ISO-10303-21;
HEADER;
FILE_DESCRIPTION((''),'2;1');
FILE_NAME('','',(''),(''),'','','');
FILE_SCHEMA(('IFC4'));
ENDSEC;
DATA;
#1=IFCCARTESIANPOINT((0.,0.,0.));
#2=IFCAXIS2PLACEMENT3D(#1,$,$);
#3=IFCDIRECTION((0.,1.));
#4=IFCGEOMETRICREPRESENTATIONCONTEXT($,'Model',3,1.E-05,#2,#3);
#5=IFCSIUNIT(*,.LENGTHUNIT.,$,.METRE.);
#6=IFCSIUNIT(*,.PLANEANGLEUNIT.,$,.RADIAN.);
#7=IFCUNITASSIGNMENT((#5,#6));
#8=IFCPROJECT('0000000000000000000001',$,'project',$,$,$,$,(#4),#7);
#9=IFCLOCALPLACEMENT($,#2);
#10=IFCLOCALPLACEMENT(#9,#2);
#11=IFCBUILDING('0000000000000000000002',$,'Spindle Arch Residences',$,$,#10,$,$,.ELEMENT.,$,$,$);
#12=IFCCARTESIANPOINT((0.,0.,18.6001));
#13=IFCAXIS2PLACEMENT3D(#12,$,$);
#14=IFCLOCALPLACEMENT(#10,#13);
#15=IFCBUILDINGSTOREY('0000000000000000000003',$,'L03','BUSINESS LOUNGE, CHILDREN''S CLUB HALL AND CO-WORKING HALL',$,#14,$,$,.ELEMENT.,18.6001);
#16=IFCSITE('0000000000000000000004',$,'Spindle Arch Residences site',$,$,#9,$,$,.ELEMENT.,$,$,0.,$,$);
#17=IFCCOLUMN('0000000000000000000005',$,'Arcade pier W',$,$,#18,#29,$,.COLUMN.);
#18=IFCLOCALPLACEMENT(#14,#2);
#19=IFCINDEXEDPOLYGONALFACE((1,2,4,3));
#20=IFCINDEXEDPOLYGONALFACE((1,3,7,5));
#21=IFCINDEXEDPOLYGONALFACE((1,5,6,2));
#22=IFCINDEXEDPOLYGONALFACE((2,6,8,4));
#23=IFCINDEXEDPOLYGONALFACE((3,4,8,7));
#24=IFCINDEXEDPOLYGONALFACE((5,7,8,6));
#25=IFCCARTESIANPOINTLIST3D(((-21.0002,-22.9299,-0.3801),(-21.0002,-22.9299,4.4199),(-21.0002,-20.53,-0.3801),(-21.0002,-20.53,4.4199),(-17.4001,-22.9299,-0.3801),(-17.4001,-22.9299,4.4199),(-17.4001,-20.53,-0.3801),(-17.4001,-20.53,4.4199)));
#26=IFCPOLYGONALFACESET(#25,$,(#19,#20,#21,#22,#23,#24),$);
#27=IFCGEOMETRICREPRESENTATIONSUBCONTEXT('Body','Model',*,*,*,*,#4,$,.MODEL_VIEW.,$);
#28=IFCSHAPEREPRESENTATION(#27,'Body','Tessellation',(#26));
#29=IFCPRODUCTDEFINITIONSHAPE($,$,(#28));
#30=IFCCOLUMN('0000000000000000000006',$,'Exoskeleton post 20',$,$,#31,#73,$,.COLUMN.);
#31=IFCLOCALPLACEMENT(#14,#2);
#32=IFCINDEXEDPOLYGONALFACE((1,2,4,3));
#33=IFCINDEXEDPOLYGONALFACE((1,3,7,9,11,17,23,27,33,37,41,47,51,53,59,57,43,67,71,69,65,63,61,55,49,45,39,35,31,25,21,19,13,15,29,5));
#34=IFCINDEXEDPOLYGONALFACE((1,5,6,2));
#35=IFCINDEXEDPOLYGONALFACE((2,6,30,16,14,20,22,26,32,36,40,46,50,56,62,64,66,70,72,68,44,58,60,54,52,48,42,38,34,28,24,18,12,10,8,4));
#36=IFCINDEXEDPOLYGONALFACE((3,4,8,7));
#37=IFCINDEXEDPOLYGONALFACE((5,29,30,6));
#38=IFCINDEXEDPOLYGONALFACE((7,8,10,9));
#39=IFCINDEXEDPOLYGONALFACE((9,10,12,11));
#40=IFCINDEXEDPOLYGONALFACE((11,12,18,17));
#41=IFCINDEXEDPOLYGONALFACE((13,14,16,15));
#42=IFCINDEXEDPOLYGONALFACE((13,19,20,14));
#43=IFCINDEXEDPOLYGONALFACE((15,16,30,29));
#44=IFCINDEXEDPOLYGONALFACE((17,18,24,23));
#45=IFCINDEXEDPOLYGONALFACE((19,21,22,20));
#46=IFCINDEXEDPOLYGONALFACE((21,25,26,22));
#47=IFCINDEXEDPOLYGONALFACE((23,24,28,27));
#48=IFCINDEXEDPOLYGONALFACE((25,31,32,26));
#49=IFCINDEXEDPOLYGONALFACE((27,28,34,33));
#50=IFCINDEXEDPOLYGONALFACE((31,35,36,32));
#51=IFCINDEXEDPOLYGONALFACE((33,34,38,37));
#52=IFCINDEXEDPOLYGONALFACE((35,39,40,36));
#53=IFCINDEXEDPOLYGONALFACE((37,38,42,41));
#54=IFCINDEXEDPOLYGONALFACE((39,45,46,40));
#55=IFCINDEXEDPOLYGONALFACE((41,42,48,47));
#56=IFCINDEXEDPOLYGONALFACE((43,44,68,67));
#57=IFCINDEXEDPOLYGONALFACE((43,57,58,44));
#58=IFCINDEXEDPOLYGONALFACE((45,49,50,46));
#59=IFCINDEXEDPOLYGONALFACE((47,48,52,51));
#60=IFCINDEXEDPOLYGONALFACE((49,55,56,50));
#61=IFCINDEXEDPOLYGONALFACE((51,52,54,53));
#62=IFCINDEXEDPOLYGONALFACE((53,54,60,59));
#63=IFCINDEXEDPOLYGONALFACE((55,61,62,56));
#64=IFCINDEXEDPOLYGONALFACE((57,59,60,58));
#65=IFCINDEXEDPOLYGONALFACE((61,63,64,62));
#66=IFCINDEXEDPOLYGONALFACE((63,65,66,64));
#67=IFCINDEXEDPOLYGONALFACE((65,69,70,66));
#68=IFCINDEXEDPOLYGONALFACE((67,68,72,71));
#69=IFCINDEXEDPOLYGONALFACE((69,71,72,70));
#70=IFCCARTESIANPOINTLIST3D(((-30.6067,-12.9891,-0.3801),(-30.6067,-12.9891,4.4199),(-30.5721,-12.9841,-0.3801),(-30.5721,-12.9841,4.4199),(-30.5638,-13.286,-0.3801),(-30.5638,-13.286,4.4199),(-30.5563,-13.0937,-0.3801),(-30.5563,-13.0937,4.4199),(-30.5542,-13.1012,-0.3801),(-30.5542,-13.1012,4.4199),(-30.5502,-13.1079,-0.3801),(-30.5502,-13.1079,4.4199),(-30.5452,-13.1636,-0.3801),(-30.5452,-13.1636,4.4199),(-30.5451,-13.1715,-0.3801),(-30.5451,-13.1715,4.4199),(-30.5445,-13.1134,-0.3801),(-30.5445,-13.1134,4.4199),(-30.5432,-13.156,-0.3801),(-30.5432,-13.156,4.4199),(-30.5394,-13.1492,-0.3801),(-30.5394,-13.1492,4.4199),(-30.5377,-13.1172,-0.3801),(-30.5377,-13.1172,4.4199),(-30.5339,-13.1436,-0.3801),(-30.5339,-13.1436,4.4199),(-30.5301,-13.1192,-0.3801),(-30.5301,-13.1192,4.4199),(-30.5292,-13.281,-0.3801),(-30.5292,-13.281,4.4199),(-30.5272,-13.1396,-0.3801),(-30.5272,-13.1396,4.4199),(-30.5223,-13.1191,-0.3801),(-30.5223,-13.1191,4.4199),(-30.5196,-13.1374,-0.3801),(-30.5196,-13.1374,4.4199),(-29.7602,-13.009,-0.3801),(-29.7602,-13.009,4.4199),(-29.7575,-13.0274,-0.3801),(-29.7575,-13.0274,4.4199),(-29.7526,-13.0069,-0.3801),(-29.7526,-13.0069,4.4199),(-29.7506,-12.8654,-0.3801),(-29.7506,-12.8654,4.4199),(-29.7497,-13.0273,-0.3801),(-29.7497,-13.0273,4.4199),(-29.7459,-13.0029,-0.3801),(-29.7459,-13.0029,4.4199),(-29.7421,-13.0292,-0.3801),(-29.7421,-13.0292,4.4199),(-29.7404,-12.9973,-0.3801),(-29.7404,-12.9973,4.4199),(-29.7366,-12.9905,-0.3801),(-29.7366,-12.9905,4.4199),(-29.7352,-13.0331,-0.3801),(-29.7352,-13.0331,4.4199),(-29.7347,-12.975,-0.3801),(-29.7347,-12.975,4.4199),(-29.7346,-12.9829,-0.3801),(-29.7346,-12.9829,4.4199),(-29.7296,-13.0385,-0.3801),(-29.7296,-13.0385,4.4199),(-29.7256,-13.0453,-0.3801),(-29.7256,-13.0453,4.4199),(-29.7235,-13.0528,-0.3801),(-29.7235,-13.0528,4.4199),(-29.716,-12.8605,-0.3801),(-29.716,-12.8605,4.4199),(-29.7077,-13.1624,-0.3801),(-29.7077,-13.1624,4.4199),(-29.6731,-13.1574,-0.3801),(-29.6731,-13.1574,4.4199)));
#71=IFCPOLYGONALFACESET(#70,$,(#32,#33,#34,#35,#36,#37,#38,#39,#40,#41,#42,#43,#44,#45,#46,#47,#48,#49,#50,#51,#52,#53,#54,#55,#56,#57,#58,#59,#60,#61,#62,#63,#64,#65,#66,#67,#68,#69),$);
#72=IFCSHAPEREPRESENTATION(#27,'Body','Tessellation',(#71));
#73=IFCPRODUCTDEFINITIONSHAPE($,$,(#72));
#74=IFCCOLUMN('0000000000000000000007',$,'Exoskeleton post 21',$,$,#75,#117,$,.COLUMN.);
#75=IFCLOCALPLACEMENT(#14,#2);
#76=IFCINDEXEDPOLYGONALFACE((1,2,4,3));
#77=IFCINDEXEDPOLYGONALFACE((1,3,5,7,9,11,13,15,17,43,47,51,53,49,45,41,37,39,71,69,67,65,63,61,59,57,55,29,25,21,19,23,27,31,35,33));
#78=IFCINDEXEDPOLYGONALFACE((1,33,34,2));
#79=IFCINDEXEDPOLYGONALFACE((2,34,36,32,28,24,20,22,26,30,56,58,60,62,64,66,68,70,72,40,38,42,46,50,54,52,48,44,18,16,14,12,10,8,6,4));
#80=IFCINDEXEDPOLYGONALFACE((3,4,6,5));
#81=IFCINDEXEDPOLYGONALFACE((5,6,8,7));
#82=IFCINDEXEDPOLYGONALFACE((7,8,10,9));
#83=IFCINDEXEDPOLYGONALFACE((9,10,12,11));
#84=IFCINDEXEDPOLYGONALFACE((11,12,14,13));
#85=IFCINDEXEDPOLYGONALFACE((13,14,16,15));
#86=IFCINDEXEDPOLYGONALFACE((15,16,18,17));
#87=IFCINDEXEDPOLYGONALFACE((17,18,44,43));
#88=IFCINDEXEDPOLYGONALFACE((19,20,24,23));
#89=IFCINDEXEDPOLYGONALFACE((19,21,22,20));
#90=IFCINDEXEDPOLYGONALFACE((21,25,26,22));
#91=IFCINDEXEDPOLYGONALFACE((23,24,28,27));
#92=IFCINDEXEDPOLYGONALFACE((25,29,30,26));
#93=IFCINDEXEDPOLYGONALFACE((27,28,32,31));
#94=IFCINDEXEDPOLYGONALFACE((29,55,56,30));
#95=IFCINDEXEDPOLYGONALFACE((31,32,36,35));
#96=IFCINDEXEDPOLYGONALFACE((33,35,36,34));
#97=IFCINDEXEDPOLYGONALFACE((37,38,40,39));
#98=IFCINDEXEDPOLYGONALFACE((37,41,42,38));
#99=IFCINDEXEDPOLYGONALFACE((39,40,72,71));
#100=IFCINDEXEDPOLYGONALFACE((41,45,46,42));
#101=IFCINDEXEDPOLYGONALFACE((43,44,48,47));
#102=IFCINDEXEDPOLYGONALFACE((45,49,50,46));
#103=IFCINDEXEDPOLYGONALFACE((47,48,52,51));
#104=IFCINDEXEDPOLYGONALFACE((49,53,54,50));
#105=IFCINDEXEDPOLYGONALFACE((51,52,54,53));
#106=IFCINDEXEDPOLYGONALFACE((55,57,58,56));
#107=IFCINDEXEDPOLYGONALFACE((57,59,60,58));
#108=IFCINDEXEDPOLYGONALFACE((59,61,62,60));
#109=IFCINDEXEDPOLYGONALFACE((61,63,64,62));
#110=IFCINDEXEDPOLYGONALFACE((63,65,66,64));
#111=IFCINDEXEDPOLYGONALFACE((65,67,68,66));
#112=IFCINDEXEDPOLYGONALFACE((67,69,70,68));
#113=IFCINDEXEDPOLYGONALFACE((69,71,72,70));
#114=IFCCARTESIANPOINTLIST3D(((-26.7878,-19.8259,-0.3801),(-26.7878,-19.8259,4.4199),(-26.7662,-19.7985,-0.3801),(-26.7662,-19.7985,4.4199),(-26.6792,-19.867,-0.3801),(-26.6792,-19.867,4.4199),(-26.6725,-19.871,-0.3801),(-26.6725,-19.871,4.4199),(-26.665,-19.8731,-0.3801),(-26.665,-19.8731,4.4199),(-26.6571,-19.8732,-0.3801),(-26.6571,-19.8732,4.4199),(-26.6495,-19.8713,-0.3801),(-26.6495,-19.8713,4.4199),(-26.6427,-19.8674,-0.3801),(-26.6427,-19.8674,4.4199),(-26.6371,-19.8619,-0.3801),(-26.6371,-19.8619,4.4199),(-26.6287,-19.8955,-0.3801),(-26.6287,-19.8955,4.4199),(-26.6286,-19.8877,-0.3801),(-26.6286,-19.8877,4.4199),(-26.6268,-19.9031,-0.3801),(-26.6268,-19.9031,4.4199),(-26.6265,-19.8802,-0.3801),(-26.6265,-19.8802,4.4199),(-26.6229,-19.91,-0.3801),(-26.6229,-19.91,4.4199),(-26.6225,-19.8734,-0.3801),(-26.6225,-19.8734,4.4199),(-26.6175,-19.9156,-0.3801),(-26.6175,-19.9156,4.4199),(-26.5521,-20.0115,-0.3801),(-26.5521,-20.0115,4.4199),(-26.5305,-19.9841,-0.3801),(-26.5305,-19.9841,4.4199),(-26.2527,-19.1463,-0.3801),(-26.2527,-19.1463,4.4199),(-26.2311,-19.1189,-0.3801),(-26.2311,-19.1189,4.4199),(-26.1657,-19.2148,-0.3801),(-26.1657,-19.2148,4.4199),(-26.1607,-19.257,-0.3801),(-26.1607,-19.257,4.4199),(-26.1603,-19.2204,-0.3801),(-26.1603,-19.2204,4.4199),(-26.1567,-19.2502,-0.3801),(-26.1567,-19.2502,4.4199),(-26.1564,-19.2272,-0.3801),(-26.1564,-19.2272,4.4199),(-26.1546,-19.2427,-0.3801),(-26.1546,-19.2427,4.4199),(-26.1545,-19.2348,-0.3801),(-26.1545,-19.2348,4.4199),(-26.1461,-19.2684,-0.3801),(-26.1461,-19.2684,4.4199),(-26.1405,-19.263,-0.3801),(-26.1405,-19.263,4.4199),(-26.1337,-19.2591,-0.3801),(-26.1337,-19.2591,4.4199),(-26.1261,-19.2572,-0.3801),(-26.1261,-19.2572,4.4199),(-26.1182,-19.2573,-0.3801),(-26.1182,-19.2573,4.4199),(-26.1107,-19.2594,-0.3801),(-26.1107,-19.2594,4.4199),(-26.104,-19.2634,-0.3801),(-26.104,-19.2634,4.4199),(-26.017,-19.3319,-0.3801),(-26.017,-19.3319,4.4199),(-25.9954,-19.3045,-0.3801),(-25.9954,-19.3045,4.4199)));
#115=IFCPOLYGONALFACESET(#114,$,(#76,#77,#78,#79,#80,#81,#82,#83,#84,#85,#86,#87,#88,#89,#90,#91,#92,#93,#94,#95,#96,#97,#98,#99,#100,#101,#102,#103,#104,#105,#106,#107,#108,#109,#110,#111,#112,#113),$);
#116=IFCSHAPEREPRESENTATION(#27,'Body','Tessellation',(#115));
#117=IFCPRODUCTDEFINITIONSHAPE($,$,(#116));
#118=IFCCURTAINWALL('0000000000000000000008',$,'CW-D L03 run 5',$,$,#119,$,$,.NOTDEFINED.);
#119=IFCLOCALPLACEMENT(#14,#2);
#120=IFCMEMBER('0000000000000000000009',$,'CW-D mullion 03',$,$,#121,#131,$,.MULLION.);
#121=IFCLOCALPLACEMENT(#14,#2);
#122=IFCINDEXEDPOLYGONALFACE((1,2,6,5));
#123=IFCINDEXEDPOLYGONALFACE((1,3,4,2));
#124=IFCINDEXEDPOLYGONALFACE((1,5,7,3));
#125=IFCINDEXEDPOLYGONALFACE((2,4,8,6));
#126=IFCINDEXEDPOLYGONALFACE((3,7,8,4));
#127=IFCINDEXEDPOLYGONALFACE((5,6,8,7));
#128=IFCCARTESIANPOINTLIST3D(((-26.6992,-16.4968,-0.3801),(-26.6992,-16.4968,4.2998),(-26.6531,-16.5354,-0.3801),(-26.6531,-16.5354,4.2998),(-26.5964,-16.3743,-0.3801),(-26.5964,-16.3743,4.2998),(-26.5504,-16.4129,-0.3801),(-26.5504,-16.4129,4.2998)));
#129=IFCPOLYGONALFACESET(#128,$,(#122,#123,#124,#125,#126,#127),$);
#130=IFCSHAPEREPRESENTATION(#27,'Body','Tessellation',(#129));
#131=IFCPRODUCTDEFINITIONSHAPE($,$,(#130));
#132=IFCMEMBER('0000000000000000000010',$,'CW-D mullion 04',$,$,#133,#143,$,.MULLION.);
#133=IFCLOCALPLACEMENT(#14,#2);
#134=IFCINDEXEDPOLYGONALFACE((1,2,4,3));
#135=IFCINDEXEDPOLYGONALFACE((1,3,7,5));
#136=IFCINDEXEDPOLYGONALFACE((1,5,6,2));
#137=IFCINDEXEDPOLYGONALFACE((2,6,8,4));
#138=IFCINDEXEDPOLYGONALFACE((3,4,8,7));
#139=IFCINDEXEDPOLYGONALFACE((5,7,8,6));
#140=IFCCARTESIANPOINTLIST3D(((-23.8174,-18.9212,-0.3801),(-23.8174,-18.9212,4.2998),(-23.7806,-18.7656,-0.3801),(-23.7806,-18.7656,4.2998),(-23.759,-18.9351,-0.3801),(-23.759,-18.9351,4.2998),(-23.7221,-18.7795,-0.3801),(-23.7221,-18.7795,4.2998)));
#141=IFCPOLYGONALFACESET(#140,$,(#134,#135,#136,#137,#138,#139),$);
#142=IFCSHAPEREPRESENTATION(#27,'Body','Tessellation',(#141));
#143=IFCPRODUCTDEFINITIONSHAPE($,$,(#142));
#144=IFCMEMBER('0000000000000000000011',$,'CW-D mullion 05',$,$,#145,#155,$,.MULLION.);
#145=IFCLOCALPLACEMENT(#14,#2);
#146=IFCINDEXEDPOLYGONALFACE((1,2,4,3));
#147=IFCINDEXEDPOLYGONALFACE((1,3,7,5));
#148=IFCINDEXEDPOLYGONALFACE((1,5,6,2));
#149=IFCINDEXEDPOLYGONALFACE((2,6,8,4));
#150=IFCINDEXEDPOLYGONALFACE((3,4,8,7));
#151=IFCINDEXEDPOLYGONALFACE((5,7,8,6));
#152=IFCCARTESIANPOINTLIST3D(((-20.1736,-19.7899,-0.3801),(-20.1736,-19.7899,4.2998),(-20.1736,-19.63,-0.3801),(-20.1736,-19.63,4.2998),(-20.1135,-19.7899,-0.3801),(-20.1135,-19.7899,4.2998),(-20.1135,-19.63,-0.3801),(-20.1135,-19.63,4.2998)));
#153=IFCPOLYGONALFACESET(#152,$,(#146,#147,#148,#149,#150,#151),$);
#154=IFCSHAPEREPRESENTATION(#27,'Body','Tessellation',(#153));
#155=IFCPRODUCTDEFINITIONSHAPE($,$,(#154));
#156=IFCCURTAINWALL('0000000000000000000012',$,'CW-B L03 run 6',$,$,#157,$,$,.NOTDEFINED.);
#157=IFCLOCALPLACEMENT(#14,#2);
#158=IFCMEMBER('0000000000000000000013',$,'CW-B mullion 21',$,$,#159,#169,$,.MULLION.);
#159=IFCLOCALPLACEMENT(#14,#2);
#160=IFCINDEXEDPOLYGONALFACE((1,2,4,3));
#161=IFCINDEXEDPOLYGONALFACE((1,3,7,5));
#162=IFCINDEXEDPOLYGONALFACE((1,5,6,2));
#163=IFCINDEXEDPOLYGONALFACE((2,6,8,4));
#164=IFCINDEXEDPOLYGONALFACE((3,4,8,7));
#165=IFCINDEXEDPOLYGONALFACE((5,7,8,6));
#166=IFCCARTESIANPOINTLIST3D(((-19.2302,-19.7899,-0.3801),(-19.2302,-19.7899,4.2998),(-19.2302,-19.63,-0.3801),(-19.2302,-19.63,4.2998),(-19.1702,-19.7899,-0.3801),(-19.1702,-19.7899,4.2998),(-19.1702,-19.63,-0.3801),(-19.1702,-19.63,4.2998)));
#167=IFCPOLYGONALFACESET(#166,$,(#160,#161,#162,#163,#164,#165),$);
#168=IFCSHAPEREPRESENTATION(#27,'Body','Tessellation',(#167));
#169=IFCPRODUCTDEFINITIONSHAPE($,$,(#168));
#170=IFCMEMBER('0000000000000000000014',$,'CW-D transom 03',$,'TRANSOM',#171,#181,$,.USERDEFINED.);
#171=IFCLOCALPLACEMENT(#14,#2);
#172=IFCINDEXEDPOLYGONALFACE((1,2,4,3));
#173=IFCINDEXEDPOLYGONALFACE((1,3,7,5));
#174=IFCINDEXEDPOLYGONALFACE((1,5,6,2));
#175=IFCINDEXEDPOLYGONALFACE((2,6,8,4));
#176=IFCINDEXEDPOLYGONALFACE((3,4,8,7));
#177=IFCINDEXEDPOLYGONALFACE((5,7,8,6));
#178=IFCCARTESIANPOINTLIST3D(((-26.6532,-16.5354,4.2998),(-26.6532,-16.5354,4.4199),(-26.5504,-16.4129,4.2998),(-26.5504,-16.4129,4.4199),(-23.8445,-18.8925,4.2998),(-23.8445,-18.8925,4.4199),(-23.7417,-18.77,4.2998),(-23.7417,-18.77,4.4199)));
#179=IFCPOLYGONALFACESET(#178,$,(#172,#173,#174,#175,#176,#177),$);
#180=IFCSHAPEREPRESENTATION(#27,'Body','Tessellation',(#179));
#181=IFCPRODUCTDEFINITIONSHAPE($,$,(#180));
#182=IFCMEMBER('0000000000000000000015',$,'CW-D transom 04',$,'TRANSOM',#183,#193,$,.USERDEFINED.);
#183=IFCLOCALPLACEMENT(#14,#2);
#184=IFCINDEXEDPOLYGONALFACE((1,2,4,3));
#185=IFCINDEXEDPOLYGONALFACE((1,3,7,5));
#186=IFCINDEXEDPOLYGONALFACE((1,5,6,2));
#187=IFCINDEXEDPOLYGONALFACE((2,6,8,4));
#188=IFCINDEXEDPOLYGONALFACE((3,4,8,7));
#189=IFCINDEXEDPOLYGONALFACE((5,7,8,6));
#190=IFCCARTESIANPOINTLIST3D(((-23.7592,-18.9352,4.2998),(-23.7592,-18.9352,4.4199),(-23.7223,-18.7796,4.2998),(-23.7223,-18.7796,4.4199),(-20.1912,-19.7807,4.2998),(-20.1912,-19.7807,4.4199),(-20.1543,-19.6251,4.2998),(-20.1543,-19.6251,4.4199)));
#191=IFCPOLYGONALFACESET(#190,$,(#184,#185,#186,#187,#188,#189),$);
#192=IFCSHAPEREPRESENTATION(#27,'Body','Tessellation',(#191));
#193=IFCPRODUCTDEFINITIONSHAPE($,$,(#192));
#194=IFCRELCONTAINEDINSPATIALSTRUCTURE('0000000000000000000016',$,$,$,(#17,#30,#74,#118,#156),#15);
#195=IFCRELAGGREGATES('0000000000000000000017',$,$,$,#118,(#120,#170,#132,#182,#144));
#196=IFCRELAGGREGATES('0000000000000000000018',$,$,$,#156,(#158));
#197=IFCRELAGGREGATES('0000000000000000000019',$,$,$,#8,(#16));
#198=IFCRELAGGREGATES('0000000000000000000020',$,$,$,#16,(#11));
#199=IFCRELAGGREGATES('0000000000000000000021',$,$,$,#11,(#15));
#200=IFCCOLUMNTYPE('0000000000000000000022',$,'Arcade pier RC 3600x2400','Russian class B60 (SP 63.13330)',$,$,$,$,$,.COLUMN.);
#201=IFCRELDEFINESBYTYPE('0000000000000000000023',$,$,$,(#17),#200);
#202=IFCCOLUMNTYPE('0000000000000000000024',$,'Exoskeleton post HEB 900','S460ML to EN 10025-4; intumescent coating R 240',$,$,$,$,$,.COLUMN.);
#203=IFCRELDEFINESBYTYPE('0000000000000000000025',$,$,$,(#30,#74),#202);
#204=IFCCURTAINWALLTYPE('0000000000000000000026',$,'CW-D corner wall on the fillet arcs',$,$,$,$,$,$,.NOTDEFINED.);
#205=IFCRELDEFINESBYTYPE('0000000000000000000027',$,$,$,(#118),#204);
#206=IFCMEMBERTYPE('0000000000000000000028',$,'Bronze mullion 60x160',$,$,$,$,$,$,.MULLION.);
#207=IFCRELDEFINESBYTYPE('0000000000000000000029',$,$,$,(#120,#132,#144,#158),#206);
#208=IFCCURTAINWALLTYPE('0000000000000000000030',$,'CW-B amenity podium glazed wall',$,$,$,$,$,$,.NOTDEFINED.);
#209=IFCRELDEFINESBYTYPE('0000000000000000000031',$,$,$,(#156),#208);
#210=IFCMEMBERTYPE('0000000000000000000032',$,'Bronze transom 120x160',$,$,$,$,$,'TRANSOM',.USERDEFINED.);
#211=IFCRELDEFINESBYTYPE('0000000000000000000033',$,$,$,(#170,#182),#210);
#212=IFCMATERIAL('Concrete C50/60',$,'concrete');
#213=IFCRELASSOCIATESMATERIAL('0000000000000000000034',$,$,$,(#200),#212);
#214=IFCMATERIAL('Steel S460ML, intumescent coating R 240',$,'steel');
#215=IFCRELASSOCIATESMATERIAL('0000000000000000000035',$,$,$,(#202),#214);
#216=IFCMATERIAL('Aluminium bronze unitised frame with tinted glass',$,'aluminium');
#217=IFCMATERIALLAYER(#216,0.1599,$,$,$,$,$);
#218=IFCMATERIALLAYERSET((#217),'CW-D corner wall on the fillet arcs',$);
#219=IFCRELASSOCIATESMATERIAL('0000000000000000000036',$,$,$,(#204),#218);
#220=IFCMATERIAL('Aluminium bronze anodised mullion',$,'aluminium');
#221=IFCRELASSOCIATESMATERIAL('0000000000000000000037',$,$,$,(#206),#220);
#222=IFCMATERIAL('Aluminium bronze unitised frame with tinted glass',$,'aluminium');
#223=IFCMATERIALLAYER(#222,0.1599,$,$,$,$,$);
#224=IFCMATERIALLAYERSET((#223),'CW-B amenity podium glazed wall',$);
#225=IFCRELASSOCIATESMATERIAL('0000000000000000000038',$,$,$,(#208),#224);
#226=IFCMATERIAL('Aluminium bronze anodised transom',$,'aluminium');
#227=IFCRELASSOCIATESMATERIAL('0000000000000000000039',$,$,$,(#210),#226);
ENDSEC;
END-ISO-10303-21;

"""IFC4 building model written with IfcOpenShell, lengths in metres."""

from ifc_helpers import new_model, si_unit, direction, frame, origin, origin_2d, place, context, subcontext, project, spatial, rectangle, i_section, extrude, material, layer, layer_set, material_profile, profile_set, type_object, element, aggregate, save


model = new_model("IFC4")

# Units and contexts
model_context = context("Model", 3, precision=1e-05, world=origin(), true_north=direction((0.0, 1.0)))
body_context = subcontext(model_context, "Body", "Model", "MODEL_VIEW")
ifc_project = project(units=[si_unit("LENGTHUNIT", "METRE"), si_unit("PLANEANGLEUNIT", "RADIAN")], contexts=[model_context])

# Site, building, storey
site_placement = place(None, origin())
site = spatial("IfcSite", under=ifc_project, at=site_placement, Name="Spindle Arch Residences site", CompositionType="ELEMENT", RefElevation=0.0)
building_placement = place(site_placement, origin())
building = spatial("IfcBuilding", under=site, at=building_placement, Name="Spindle Arch Residences", CompositionType="ELEMENT")
storey_placement = place(building_placement, frame((0.0, 0.0, 18.6001)))
storey = spatial("IfcBuildingStorey", under=building, at=storey_placement, Name="L03", Description="BUSINESS LOUNGE, CHILDREN'S CLUB HALL AND CO-WORKING HALL", CompositionType="ELEMENT", Elevation=18.6001)

# Columns
ifc_material_1 = material(Name="Concrete C50/60", Category="concrete")
ifc_material_profile_1 = material_profile(ifc_material_1, rectangle(XDim=3.6001, YDim=2.3999, at=origin_2d()), Name="RC 3600x2400")
ifc_profile_set_1 = profile_set([ifc_material_profile_1], Name="Concrete C50/60")
column_type_1 = type_object("IfcColumnType", Name="Arcade pier RC 3600x2400", Description="Russian class B60 (SP 63.13330)", PredefinedType="COLUMN", material=ifc_profile_set_1)
column_placement = place(storey_placement, frame((-19.2002, -21.73, -0.3801), z_axis=(0.0, 0.0, 1.0), x_axis=(1.0, 0.0, 0.0)))
element("IfcColumn", 1, at=column_placement, inside=storey, type_object=column_type_1, Name="Arcade pier W", PredefinedType="COLUMN", context=body_context, shape_type="SweptSolid", body=[
    extrude(rectangle(XDim=3.6001, YDim=2.3999, at=origin_2d()), origin(), (0.0, 0.0, 1.0), 4.8),
])
ifc_material_2 = material(Name="Steel S460ML, intumescent coating R 240", Category="steel")
ifc_material_profile_2 = material_profile(ifc_material_2, i_section(OverallWidth=0.3, OverallDepth=0.8999, WebThickness=0.0186, FlangeThickness=0.0349, FilletRadius=0.03, at=origin_2d()), Name="HEB 900")
ifc_profile_set_2 = profile_set([ifc_material_profile_2], Name="Steel S460ML, intumescent coating R 240")
column_type_2 = type_object("IfcColumnType", Name="Exoskeleton post HEB 900", Description="S460ML to EN 10025-4; intumescent coating R 240", PredefinedType="COLUMN", material=ifc_profile_set_2)
for number, where, z_axis, x_axis, name in (
    (2, (-30.1399, -13.0732, -0.3801), (0.0, 0.0, 1.0), (-0.142906, 0.989736, 0.0), "Exoskeleton post 20"),
    (3, (-26.3916, -19.5652, -0.3801), (0.0, 0.0, 1.0), (-0.785684, 0.618629, 0.0), "Exoskeleton post 21"),
):
    element("IfcColumn", number, at=place(storey_placement, frame(where, z_axis=z_axis, x_axis=x_axis)), inside=storey, type_object=column_type_2, Name=name, PredefinedType="COLUMN", context=body_context, shape_type="SweptSolid", body=[
        extrude(i_section(OverallWidth=0.3, OverallDepth=0.8999, WebThickness=0.0186, FlangeThickness=0.0349, FilletRadius=0.03, at=origin_2d()), origin(), (0.0, 0.0, 1.0), 4.8),
    ])

# Curtain wall, members
ifc_material_3 = material(Name="Aluminium bronze unitised frame with tinted glass", Category="aluminium")
ifc_layer_1 = layer(ifc_material_3, 0.1599)
ifc_layer_set_1 = layer_set([ifc_layer_1], Name="CW-D corner wall on the fillet arcs")
curtain_wall_type_1 = type_object("IfcCurtainWallType", Name="CW-D corner wall on the fillet arcs", PredefinedType="NOTDEFINED", material=ifc_layer_set_1)
curtain_wall_1_placement = place(storey_placement, origin())
curtain_wall_1 = element("IfcCurtainWall", 4, at=curtain_wall_1_placement, inside=storey, type_object=curtain_wall_type_1, Name="CW-D L03 run 5", PredefinedType="NOTDEFINED")
ifc_material_4 = material(Name="Aluminium bronze anodised mullion", Category="aluminium")
ifc_material_profile_3 = material_profile(ifc_material_4, rectangle(XDim=0.1599, YDim=0.0601, at=origin_2d()), Name="MU 60x160")
ifc_profile_set_3 = profile_set([ifc_material_profile_3], Name="Aluminium bronze anodised mullion")
member_type_1 = type_object("IfcMemberType", Name="Bronze mullion 60x160", PredefinedType="MULLION", material=ifc_profile_set_3)
member_1_placement = place(storey_placement, frame((-26.6248, -16.4548, -0.3801), z_axis=(0.0, 0.0, 1.0), x_axis=(0.642788, 0.766044, 0.0)))
member_1 = element("IfcMember", 5, at=member_1_placement, type_object=member_type_1, Name="CW-D mullion 03", PredefinedType="MULLION", context=body_context, shape_type="SweptSolid", body=[
    extrude(rectangle(XDim=0.1599, YDim=0.0601, at=origin_2d()), origin(), (0.0, 0.0, 1.0), 4.6799),
])
member_2_placement = place(storey_placement, frame((-23.7698, -18.8503, -0.3801), z_axis=(0.0, 0.0, 1.0), x_axis=(0.230616, 0.973045, 0.0)))
member_2 = element("IfcMember", 6, at=member_2_placement, type_object=member_type_1, Name="CW-D mullion 04", PredefinedType="MULLION", context=body_context, shape_type="SweptSolid", body=[
    extrude(rectangle(XDim=0.1599, YDim=0.0601, at=origin_2d()), origin(), (0.0, 0.0, 1.0), 4.6799),
])
member_3_placement = place(storey_placement, frame((-20.1436, -19.71, -0.3801), z_axis=(0.0, 0.0, 1.0), x_axis=(0.0, 1.0, 0.0)))
member_3 = element("IfcMember", 7, at=member_3_placement, type_object=member_type_1, Name="CW-D mullion 05", PredefinedType="MULLION", context=body_context, shape_type="SweptSolid", body=[
    extrude(rectangle(XDim=0.1599, YDim=0.0601, at=origin_2d()), origin(), (0.0, 0.0, 1.0), 4.6799),
])

# Curtain wall, member
ifc_material_5 = material(Name="Aluminium bronze unitised frame with tinted glass", Category="aluminium")
ifc_layer_2 = layer(ifc_material_5, 0.1599)
ifc_layer_set_2 = layer_set([ifc_layer_2], Name="CW-B amenity podium glazed wall")
curtain_wall_type_2 = type_object("IfcCurtainWallType", Name="CW-B amenity podium glazed wall", PredefinedType="NOTDEFINED", material=ifc_layer_set_2)
curtain_wall_2_placement = place(storey_placement, origin())
curtain_wall_2 = element("IfcCurtainWall", 8, at=curtain_wall_2_placement, inside=storey, type_object=curtain_wall_type_2, Name="CW-B L03 run 6", PredefinedType="NOTDEFINED")
member_4_placement = place(storey_placement, frame((-19.2002, -19.71, -0.3801), z_axis=(0.0, 0.0, 1.0), x_axis=(0.0, 1.0, 0.0)))
member_4 = element("IfcMember", 9, at=member_4_placement, type_object=member_type_1, Name="CW-B mullion 21", PredefinedType="MULLION", context=body_context, shape_type="SweptSolid", body=[
    extrude(rectangle(XDim=0.1599, YDim=0.0601, at=origin_2d()), origin(), (0.0, 0.0, 1.0), 4.6799),
])

# Members
ifc_material_6 = material(Name="Aluminium bronze anodised transom", Category="aluminium")
ifc_material_profile_4 = material_profile(ifc_material_6, rectangle(XDim=0.1599, YDim=0.1201, at=origin_2d()), Name="TR 120x160")
ifc_profile_set_4 = profile_set([ifc_material_profile_4], Name="Aluminium bronze anodised transom")
member_type_2 = type_object("IfcMemberType", Name="Bronze transom 120x160", ElementType="TRANSOM", PredefinedType="USERDEFINED", material=ifc_profile_set_4)
member_5_placement = place(storey_placement, frame((-26.6018, -16.4741, 4.3599), z_axis=(0.766006, -0.642833, 0.0), x_axis=(0.642833, 0.766006, 0.0)))
member_5 = element("IfcMember", 10, at=member_5_placement, type_object=member_type_2, Name="CW-D transom 03", ObjectType="TRANSOM", PredefinedType="USERDEFINED", context=body_context, shape_type="SweptSolid", body=[
    extrude(rectangle(XDim=0.1599, YDim=0.1201, at=origin_2d()), origin(), (0.0, 0.0, 1.0), 3.6667),
])
member_6_placement = place(storey_placement, frame((-23.7407, -18.8574, 4.3599), z_axis=(0.973054, -0.230579, 0.0), x_axis=(0.230579, 0.973054, 0.0)))
member_6 = element("IfcMember", 11, at=member_6_placement, type_object=member_type_2, Name="CW-D transom 04", ObjectType="TRANSOM", PredefinedType="USERDEFINED", context=body_context, shape_type="SweptSolid", body=[
    extrude(rectangle(XDim=0.1599, YDim=0.1201, at=origin_2d()), origin(), (0.0, 0.0, 1.0), 3.6667),
])

aggregate(curtain_wall_1, [member_1, member_5, member_2, member_6, member_3])
aggregate(curtain_wall_2, [member_4])

save(model, "model.ifc")
